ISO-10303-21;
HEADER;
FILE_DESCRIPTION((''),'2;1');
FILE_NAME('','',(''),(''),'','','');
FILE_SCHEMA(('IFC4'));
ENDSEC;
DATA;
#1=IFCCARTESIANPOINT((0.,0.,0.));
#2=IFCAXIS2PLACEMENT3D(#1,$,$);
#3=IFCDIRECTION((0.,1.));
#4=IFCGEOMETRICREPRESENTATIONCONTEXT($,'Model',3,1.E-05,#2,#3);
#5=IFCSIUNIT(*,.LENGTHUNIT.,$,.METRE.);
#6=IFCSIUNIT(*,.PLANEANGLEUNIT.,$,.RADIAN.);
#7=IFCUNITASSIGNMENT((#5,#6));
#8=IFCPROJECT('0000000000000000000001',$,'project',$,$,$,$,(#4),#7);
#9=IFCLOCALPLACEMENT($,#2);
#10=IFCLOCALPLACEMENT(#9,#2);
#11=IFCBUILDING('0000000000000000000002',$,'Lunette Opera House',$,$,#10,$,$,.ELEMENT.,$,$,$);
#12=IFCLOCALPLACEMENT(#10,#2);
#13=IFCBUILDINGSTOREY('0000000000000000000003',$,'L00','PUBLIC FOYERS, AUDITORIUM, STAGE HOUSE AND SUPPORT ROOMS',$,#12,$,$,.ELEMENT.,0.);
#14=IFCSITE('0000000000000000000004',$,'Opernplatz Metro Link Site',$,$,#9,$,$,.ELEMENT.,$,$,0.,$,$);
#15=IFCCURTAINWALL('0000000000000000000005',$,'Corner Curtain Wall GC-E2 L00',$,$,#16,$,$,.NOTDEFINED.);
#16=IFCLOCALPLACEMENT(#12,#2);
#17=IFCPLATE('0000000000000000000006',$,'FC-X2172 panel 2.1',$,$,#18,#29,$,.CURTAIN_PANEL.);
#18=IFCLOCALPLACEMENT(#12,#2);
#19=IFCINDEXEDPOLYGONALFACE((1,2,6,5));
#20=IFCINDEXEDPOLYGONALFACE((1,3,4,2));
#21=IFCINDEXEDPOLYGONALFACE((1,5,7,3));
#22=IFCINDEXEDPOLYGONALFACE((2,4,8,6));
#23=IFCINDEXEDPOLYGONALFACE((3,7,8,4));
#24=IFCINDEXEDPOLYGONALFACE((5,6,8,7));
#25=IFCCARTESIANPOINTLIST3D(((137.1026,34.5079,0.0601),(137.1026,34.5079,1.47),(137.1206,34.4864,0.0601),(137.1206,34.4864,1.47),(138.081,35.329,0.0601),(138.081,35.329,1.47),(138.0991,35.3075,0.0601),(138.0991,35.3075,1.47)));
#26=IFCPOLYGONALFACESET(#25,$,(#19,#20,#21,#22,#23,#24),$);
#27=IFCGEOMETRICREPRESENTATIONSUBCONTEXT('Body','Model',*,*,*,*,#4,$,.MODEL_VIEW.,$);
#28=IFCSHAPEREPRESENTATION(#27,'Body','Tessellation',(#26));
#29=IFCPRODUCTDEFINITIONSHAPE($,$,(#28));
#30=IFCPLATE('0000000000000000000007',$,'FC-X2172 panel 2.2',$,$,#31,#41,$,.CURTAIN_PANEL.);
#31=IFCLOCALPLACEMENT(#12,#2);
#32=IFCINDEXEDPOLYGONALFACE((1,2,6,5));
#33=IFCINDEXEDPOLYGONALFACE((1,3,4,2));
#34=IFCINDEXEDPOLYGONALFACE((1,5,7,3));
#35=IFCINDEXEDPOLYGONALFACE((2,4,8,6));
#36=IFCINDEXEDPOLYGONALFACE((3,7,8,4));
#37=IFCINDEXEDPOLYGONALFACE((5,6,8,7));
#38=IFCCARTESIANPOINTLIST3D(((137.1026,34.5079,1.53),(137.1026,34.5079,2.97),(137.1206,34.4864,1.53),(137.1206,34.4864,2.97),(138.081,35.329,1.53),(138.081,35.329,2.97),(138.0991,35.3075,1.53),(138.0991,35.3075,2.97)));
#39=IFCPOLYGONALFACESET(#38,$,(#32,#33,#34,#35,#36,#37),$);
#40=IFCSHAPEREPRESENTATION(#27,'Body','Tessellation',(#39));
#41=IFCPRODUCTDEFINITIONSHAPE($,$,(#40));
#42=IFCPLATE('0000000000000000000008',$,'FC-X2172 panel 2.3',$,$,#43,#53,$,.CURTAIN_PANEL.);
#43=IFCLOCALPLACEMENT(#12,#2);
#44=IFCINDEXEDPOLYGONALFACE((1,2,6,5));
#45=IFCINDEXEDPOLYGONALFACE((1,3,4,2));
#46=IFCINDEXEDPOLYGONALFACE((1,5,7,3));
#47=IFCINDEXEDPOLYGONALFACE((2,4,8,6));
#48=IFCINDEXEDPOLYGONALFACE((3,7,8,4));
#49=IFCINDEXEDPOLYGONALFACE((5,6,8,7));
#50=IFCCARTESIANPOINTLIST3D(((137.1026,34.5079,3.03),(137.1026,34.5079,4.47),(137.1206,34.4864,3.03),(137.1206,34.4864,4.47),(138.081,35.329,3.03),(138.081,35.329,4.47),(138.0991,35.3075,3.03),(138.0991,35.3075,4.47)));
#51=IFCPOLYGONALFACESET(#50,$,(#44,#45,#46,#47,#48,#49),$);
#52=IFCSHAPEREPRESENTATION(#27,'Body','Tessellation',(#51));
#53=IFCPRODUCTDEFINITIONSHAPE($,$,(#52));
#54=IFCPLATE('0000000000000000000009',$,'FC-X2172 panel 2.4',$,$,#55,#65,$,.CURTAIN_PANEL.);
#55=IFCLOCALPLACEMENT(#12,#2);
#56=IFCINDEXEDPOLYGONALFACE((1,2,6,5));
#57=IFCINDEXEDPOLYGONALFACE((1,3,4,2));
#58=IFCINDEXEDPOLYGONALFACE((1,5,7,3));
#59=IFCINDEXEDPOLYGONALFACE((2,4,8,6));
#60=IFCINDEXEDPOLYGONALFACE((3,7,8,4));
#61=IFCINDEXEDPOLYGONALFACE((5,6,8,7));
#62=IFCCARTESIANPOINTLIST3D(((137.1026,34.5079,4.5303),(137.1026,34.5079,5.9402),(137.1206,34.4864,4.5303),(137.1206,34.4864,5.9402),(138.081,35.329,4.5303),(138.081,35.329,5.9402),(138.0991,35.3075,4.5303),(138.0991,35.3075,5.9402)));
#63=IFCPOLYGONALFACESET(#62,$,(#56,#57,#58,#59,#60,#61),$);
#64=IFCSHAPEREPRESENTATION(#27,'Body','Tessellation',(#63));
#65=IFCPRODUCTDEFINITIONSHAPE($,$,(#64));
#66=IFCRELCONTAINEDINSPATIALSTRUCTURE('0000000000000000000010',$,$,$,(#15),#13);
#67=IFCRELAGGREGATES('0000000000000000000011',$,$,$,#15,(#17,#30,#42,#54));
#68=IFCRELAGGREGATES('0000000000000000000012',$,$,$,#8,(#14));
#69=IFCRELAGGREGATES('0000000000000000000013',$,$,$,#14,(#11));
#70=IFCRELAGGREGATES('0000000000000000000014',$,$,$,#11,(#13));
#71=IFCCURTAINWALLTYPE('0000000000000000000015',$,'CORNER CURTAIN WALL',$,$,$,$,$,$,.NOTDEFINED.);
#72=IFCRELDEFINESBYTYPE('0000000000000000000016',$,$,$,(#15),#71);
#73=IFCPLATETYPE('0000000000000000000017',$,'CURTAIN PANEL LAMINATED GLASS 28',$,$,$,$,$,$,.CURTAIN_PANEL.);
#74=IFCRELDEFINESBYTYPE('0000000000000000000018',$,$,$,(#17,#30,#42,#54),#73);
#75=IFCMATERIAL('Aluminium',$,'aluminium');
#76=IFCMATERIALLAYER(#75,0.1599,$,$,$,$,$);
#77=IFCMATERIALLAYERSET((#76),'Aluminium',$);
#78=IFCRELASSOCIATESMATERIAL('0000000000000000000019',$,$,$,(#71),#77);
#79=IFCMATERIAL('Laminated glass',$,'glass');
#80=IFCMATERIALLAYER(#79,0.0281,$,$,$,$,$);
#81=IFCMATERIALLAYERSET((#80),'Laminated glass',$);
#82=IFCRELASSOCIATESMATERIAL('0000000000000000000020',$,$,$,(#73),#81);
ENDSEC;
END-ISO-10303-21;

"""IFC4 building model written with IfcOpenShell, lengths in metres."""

from ifc_helpers import new_model, si_unit, direction, frame, origin, origin_2d, place, context, subcontext, project, spatial, rectangle, extrude, material, layer, layer_set, type_object, element, aggregate, save


model = new_model("IFC4")

# Units and contexts
model_context = context("Model", 3, precision=1e-05, world=origin(), true_north=direction((0.0, 1.0)))
body_context = subcontext(model_context, "Body", "Model", "MODEL_VIEW")
ifc_project = project(units=[si_unit("LENGTHUNIT", "METRE"), si_unit("PLANEANGLEUNIT", "RADIAN")], contexts=[model_context])

# Site, building, storey
site_placement = place(None, origin())
site = spatial("IfcSite", under=ifc_project, at=site_placement, Name="Opernplatz Metro Link Site", CompositionType="ELEMENT", RefElevation=0.0)
building_placement = place(site_placement, origin())
building = spatial("IfcBuilding", under=site, at=building_placement, Name="Lunette Opera House", CompositionType="ELEMENT")
storey_placement = place(building_placement, origin())
storey = spatial("IfcBuildingStorey", under=building, at=storey_placement, Name="L00", Description="PUBLIC FOYERS, AUDITORIUM, STAGE HOUSE AND SUPPORT ROOMS", CompositionType="ELEMENT", Elevation=0.0)

# Curtain wall
ifc_material_1 = material(Name="Aluminium", Category="aluminium")
ifc_layer_1 = layer(ifc_material_1, 0.1599)
ifc_layer_set_1 = layer_set([ifc_layer_1], Name="Aluminium")
curtain_wall_type = type_object("IfcCurtainWallType", Name="CORNER CURTAIN WALL", PredefinedType="NOTDEFINED", material=ifc_layer_set_1)
curtain_wall_1_placement = place(storey_placement, origin())
curtain_wall_1 = element("IfcCurtainWall", 1, at=curtain_wall_1_placement, inside=storey, type_object=curtain_wall_type, Name="Corner Curtain Wall GC-E2 L00", PredefinedType="NOTDEFINED")

# Plates
ifc_material_2 = material(Name="Laminated glass", Category="glass")
ifc_layer_2 = layer(ifc_material_2, 0.0281)
ifc_layer_set_2 = layer_set([ifc_layer_2], Name="Laminated glass")
plate_type = type_object("IfcPlateType", Name="CURTAIN PANEL LAMINATED GLASS 28", PredefinedType="CURTAIN_PANEL", material=ifc_layer_set_2)
plate_1_placement = place(storey_placement, frame((137.6008, 34.9077, 0.0601), z_axis=(0.0, 0.0, 1.0), x_axis=(0.76601, 0.642828, 0.0)))
plate_1 = element("IfcPlate", 2, at=plate_1_placement, type_object=plate_type, Name="FC-X2172 panel 2.1", PredefinedType="CURTAIN_PANEL", context=body_context, shape_type="SweptSolid", body=[
    extrude(rectangle(XDim=1.2773, YDim=0.0281, at=origin_2d()), origin(), (0.0, 0.0, 1.0), 1.4099),
])
plate_2_placement = place(storey_placement, frame((137.6008, 34.9077, 1.53), z_axis=(0.0, 0.0, 1.0), x_axis=(0.76601, 0.642828, 0.0)))
plate_2 = element("IfcPlate", 3, at=plate_2_placement, type_object=plate_type, Name="FC-X2172 panel 2.2", PredefinedType="CURTAIN_PANEL", context=body_context, shape_type="SweptSolid", body=[
    extrude(rectangle(XDim=1.2773, YDim=0.0281, at=origin_2d()), origin(), (0.0, 0.0, 1.0), 1.4399),
])
plate_3_placement = place(storey_placement, frame((137.6008, 34.9077, 3.03), z_axis=(0.0, 0.0, 1.0), x_axis=(0.76601, 0.642828, 0.0)))
plate_3 = element("IfcPlate", 4, at=plate_3_placement, type_object=plate_type, Name="FC-X2172 panel 2.3", PredefinedType="CURTAIN_PANEL", context=body_context, shape_type="SweptSolid", body=[
    extrude(rectangle(XDim=1.2773, YDim=0.0281, at=origin_2d()), origin(), (0.0, 0.0, 1.0), 1.4399),
])
plate_4_placement = place(storey_placement, frame((137.6008, 34.9077, 4.5303), z_axis=(0.0, 0.0, 1.0), x_axis=(0.76601, 0.642828, 0.0)))
plate_4 = element("IfcPlate", 5, at=plate_4_placement, type_object=plate_type, Name="FC-X2172 panel 2.4", PredefinedType="CURTAIN_PANEL", context=body_context, shape_type="SweptSolid", body=[
    extrude(rectangle(XDim=1.2773, YDim=0.0281, at=origin_2d()), origin(), (0.0, 0.0, 1.0), 1.4099),
])
aggregate(curtain_wall_1, [plate_1, plate_2, plate_3, plate_4])

save(model, "model.ifc")
